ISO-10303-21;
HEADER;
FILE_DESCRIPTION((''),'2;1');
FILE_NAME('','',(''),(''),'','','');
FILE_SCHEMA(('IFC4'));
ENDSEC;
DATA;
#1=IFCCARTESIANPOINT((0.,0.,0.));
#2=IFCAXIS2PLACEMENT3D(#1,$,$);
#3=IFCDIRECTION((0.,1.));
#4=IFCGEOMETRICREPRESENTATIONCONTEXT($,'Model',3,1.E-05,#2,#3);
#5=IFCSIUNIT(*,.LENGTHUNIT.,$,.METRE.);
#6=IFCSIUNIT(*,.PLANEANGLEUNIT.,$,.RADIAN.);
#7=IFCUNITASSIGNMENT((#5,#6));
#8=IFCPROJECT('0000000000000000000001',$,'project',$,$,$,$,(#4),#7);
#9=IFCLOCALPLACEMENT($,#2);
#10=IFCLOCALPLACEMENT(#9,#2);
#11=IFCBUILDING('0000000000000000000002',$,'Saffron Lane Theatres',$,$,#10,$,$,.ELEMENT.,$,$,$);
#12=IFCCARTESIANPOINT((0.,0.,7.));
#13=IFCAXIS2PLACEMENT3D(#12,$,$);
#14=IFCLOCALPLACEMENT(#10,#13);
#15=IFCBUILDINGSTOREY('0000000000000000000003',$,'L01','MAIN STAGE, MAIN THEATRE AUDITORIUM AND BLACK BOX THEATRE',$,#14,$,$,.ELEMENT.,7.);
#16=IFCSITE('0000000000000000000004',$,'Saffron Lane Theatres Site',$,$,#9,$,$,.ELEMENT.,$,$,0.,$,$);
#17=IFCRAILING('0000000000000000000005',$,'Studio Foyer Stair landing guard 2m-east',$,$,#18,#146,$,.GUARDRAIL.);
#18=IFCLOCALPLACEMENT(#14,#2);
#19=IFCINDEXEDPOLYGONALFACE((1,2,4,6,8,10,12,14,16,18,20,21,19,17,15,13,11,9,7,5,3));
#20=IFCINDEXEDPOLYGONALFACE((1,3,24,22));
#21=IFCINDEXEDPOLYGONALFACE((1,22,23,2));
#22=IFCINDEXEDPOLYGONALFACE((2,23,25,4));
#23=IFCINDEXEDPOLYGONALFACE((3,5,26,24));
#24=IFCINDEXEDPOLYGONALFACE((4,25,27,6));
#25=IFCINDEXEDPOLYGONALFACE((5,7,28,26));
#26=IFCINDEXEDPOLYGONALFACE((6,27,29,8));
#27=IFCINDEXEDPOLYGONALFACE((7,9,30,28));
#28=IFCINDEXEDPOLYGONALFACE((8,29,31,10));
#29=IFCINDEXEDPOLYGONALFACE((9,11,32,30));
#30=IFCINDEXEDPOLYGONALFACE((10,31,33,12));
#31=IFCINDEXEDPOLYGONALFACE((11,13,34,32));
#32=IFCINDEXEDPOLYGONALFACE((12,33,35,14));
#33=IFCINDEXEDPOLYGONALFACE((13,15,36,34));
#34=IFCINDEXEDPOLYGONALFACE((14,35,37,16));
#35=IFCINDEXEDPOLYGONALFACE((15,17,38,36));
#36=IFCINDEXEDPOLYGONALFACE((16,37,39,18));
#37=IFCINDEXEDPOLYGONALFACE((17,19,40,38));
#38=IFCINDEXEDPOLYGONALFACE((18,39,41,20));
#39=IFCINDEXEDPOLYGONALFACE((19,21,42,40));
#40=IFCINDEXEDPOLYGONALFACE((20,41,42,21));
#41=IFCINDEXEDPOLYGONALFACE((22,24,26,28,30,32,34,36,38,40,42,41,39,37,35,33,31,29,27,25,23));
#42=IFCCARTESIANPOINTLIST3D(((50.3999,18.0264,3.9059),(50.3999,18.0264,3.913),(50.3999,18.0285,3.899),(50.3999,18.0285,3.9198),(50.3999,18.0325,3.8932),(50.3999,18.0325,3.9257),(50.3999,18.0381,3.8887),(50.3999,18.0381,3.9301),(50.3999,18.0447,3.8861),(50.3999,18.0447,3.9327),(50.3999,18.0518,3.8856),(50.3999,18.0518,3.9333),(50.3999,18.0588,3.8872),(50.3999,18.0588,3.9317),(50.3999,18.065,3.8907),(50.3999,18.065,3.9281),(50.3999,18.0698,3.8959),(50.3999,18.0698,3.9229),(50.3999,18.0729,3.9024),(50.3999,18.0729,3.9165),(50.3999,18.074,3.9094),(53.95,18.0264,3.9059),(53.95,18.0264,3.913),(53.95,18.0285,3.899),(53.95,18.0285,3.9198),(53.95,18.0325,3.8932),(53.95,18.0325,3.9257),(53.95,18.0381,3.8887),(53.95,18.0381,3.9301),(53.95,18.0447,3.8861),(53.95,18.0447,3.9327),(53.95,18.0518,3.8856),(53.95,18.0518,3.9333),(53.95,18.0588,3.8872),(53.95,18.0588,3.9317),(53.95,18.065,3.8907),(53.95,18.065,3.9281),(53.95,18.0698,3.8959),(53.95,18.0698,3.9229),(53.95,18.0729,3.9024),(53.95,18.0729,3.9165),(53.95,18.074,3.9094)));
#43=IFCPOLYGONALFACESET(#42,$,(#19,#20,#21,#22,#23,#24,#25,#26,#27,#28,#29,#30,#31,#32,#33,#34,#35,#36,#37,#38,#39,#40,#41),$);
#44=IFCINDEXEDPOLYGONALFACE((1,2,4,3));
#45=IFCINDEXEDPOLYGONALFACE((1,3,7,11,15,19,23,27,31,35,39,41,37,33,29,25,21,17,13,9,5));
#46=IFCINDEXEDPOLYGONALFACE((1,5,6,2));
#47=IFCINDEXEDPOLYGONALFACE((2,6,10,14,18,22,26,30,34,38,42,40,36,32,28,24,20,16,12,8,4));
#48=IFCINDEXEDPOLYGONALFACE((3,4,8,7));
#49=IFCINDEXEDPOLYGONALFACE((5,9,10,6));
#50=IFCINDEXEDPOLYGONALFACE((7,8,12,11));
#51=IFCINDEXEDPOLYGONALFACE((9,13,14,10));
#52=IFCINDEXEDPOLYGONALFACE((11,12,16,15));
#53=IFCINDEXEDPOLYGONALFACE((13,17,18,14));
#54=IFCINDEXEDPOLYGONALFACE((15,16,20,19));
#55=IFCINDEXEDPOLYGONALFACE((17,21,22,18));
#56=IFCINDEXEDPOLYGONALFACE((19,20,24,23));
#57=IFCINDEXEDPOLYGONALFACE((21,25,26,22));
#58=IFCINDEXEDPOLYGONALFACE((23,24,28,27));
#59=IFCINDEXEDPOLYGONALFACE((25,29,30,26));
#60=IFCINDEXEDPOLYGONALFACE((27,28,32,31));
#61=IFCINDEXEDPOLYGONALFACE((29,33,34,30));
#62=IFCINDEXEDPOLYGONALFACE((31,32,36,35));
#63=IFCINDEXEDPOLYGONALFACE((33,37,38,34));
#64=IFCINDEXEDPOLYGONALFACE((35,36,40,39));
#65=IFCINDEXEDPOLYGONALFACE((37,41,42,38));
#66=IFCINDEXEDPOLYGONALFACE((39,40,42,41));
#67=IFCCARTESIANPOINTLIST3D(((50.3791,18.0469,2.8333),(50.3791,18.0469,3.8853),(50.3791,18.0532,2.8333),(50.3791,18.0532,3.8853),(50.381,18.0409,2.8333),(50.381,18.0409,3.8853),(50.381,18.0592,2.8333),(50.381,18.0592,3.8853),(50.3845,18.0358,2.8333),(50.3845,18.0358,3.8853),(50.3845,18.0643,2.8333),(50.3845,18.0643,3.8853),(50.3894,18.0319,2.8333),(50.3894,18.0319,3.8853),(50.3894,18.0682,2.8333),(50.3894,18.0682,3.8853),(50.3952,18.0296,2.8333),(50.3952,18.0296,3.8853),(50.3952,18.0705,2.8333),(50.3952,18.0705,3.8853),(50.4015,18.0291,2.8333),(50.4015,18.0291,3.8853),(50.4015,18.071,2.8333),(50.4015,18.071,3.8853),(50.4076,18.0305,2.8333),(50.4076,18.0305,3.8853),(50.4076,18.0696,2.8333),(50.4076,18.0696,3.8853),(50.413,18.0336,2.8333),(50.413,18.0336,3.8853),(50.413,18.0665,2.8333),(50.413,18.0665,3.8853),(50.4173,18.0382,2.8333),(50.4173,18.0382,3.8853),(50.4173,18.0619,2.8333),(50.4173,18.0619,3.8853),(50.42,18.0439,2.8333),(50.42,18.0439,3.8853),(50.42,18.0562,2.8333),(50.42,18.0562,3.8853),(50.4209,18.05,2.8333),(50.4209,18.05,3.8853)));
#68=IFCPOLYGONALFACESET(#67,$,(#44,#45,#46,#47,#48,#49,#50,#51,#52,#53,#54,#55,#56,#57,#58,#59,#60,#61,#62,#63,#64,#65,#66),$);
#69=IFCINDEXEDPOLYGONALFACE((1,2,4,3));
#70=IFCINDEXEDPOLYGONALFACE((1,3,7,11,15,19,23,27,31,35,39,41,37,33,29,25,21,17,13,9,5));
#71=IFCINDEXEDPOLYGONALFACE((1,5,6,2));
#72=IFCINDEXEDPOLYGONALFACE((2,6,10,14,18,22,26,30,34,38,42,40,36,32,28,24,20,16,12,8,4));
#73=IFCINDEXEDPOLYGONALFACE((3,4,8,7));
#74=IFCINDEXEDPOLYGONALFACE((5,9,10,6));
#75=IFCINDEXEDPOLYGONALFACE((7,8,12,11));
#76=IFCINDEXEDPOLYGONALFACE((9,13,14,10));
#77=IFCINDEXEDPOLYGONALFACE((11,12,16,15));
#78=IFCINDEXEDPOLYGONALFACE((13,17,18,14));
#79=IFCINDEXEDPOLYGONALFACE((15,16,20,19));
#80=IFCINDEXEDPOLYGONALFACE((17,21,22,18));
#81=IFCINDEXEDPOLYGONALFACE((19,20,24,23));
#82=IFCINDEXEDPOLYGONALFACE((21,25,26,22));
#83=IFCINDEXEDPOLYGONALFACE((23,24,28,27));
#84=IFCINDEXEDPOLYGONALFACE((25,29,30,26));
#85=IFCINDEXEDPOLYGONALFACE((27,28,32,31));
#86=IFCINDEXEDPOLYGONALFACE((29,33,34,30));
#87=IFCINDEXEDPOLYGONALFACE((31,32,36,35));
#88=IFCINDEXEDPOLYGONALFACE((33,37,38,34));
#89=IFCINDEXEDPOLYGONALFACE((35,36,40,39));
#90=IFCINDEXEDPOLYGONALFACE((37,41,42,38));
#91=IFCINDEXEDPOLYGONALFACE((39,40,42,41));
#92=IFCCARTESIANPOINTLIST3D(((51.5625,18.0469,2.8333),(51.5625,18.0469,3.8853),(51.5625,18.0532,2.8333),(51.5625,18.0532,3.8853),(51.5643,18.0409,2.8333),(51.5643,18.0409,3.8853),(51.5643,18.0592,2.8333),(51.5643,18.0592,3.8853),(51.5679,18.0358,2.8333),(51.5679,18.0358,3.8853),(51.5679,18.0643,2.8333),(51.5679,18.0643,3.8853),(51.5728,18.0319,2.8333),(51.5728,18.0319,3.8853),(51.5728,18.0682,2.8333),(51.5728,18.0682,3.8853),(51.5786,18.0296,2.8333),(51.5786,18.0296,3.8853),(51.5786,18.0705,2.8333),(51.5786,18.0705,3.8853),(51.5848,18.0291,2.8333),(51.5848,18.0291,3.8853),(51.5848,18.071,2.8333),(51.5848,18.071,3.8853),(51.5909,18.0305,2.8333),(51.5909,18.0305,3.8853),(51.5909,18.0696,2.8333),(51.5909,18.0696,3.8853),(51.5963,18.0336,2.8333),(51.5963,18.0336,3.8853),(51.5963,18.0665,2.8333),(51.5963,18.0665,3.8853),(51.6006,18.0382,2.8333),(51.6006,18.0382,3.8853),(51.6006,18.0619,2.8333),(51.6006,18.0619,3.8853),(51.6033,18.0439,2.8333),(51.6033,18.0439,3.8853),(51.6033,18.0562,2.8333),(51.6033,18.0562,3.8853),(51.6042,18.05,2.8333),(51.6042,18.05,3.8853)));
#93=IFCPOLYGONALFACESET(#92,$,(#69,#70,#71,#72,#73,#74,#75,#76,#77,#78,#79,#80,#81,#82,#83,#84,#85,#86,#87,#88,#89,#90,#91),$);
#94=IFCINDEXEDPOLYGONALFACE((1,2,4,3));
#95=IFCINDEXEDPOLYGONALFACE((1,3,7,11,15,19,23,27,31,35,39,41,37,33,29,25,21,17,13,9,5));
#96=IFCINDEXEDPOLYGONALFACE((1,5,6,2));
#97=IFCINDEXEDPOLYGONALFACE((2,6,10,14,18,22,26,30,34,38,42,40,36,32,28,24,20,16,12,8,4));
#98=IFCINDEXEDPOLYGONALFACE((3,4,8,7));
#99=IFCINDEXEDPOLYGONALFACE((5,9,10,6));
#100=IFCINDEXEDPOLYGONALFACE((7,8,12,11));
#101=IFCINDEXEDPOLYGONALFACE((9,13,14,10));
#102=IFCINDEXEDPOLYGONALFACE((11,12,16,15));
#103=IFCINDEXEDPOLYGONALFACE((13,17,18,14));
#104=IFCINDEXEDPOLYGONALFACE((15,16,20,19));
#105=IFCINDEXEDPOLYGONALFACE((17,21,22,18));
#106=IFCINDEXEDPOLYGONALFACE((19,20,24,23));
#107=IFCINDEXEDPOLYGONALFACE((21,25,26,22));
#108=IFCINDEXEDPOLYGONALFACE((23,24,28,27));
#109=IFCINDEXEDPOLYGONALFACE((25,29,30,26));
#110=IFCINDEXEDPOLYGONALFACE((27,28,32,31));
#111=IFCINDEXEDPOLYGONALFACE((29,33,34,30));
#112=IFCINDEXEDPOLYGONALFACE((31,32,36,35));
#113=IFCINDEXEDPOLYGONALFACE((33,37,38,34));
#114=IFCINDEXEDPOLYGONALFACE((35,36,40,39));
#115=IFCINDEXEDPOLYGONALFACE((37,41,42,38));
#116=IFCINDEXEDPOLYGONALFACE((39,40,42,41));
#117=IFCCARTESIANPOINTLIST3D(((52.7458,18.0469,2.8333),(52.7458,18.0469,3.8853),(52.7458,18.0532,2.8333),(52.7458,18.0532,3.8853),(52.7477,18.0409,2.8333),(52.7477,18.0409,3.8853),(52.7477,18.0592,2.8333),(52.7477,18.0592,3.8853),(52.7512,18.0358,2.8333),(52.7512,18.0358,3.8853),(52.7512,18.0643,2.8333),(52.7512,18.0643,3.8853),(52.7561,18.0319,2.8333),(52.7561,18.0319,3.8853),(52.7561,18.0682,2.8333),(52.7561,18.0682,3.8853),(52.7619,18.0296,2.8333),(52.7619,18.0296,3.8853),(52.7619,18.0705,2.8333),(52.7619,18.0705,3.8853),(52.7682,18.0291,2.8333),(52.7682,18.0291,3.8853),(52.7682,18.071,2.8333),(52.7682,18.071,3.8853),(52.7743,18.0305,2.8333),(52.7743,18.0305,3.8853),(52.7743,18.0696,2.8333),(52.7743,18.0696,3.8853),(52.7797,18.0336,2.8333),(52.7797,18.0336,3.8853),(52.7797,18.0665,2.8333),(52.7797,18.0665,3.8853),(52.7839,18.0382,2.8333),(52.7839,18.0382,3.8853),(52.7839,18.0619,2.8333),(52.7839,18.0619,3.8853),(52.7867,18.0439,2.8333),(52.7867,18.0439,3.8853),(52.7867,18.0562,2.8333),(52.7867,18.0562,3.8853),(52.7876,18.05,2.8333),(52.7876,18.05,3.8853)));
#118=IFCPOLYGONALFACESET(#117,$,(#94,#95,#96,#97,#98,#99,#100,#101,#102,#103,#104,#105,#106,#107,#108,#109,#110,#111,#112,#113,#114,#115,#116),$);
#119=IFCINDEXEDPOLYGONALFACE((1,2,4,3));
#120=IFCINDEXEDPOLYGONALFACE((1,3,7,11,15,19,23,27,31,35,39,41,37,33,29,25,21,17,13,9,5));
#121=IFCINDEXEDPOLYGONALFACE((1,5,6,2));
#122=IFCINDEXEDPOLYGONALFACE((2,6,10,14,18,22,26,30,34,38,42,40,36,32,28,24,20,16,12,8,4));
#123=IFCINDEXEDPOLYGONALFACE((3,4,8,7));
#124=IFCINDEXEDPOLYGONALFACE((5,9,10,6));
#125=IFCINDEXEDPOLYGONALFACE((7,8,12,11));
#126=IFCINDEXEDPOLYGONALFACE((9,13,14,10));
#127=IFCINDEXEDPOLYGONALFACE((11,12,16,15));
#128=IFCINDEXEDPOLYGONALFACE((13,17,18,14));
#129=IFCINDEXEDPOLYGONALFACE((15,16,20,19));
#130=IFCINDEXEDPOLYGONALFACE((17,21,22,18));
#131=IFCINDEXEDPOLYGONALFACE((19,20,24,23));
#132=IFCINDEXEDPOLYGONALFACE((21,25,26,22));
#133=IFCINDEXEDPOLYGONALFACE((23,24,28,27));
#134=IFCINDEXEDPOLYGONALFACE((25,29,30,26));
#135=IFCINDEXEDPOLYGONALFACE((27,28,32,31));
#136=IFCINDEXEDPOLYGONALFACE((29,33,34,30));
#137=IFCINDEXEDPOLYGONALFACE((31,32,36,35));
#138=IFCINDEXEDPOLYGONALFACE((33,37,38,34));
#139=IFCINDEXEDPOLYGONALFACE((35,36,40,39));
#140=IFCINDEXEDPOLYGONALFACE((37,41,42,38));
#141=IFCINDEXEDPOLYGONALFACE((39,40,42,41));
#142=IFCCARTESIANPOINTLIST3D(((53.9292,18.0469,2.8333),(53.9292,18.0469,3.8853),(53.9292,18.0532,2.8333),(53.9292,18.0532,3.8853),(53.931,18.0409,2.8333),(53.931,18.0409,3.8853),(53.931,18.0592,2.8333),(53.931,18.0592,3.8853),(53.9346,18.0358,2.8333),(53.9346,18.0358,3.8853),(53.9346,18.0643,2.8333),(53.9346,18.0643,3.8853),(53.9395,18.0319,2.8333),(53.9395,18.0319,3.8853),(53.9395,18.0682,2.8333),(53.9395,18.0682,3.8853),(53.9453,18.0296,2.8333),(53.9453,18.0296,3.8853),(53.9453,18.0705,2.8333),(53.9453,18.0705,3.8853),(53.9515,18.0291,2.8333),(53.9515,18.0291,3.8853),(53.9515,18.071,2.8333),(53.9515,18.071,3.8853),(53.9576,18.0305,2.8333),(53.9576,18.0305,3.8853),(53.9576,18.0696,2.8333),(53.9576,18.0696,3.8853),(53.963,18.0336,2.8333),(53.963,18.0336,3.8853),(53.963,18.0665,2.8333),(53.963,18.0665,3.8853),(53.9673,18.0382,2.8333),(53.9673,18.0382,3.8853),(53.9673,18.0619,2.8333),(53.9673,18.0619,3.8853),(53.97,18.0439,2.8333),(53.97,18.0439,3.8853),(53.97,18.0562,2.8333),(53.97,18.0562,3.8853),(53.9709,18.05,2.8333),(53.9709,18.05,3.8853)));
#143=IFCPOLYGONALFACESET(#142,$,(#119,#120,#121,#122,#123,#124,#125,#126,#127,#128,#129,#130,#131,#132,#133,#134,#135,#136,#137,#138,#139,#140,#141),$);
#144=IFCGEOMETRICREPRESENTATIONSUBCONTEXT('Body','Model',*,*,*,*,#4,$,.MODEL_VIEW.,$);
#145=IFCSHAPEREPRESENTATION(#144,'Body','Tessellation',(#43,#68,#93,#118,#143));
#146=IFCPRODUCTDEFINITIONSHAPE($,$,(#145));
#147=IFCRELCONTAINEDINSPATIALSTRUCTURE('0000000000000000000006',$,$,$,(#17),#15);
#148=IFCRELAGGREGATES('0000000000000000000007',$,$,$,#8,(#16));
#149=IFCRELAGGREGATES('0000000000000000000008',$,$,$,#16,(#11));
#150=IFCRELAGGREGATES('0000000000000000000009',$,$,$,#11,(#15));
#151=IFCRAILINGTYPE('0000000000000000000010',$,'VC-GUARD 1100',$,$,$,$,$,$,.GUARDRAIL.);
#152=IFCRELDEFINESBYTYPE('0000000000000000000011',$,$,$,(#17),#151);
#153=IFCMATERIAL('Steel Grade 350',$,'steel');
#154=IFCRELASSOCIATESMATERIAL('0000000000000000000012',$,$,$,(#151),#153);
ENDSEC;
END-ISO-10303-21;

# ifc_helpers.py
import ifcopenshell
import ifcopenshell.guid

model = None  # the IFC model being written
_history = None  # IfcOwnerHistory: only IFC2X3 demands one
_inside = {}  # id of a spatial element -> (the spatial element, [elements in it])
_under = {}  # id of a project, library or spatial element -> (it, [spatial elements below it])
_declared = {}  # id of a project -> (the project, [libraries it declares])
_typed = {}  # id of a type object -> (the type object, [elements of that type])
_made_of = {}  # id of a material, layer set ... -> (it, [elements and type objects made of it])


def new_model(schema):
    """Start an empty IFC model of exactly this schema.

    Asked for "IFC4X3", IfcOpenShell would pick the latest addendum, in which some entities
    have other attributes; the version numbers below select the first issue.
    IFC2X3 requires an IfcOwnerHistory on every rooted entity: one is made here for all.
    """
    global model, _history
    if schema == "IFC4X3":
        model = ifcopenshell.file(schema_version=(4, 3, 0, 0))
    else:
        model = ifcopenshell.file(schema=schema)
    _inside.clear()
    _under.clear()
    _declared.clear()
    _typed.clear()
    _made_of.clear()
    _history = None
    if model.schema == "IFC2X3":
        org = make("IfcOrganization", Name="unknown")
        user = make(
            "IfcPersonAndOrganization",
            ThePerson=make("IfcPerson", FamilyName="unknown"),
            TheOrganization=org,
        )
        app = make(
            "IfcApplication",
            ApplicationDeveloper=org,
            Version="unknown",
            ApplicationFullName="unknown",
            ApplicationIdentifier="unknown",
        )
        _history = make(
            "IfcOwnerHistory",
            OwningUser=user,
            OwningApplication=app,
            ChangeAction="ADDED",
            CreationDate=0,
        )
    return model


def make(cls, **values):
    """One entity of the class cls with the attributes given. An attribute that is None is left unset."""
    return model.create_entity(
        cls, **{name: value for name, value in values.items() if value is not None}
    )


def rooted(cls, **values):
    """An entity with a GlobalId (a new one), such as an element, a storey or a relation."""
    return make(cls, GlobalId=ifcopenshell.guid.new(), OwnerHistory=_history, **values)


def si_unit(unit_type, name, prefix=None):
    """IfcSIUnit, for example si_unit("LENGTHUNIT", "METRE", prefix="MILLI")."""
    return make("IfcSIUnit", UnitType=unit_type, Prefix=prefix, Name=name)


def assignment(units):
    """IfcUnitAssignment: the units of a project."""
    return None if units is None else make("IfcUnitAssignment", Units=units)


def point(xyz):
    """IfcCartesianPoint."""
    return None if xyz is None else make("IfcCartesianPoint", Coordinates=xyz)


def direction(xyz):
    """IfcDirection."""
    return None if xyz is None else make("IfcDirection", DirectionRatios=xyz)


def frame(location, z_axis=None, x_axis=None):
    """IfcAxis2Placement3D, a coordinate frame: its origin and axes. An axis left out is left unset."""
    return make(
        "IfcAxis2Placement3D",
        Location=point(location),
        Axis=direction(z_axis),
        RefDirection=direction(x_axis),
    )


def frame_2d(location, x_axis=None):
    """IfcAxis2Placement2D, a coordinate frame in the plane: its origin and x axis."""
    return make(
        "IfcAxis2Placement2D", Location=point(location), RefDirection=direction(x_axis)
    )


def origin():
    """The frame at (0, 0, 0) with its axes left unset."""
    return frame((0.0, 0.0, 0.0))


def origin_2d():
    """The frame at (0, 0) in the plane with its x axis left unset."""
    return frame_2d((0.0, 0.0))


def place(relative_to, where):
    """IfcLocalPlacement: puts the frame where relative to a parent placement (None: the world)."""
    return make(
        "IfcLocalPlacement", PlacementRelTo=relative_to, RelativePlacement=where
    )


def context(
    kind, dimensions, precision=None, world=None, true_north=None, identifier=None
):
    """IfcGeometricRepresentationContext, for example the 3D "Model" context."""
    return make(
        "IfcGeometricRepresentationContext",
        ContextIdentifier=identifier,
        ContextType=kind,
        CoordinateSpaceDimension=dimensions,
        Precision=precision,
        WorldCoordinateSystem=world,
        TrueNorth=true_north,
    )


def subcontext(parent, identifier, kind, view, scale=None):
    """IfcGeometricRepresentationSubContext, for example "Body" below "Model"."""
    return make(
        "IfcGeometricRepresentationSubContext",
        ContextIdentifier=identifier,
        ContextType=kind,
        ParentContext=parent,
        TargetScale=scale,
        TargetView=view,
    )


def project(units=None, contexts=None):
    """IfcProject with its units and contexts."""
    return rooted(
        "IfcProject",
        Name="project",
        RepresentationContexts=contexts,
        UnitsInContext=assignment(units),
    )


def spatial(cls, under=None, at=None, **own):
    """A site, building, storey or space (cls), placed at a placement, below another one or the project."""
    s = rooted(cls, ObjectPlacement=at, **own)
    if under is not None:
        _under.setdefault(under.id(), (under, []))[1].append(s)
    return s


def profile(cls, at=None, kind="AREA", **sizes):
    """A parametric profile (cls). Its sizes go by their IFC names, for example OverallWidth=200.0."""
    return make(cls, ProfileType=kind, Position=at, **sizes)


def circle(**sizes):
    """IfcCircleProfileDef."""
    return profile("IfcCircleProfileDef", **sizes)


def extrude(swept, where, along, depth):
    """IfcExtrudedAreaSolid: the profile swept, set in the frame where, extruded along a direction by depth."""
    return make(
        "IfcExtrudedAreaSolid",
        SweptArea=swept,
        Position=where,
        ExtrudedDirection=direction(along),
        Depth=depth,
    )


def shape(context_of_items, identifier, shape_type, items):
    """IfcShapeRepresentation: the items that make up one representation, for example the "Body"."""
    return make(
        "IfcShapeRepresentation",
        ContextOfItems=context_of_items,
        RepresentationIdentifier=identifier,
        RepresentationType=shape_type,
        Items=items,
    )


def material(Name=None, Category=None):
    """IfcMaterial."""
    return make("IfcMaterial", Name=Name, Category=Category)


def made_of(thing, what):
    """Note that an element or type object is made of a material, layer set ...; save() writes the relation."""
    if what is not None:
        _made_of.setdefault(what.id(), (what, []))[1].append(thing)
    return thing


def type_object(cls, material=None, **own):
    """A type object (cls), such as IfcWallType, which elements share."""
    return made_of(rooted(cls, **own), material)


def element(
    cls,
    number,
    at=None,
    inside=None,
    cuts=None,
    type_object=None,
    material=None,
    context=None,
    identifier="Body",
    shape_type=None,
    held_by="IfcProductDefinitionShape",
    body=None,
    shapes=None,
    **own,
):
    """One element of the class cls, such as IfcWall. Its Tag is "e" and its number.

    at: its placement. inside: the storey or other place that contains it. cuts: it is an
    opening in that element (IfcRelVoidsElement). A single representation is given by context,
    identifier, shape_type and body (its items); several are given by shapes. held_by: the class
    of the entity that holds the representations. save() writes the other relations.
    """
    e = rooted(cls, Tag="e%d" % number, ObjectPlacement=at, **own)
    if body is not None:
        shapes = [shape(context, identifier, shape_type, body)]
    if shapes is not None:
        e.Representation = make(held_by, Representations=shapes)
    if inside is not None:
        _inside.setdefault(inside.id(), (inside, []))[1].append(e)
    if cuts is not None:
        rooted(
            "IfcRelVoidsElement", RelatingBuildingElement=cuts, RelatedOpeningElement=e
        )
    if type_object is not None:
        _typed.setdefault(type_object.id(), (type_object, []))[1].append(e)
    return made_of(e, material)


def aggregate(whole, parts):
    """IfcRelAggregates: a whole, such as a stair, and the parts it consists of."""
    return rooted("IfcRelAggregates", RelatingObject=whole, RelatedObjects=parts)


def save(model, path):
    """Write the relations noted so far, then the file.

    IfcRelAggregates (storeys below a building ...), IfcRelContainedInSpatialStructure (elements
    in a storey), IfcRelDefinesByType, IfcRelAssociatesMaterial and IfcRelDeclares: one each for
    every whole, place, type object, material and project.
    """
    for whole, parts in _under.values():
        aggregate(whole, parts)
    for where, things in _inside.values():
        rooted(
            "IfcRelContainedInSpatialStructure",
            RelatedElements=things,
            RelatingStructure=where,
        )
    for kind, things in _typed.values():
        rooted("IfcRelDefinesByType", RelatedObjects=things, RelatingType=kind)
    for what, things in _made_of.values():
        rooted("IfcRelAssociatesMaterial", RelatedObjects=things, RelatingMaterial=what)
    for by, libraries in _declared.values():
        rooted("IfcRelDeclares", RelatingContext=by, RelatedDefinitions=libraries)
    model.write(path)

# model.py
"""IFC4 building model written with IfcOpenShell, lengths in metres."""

from ifc_helpers import new_model, si_unit, direction, frame, origin, origin_2d, place, context, subcontext, project, spatial, circle, extrude, material, type_object, element, save


model = new_model("IFC4")

# Units and contexts
model_context = context("Model", 3, precision=1e-05, world=origin(), true_north=direction((0.0, 1.0)))
body_context = subcontext(model_context, "Body", "Model", "MODEL_VIEW")
ifc_project = project(units=[si_unit("LENGTHUNIT", "METRE"), si_unit("PLANEANGLEUNIT", "RADIAN")], contexts=[model_context])

# Site, building, storey
site_placement = place(None, origin())
site = spatial("IfcSite", under=ifc_project, at=site_placement, Name="Saffron Lane Theatres Site", CompositionType="ELEMENT", RefElevation=0.0)
building_placement = place(site_placement, origin())
building = spatial("IfcBuilding", under=site, at=building_placement, Name="Saffron Lane Theatres", CompositionType="ELEMENT")
storey_placement = place(building_placement, frame((0.0, 0.0, 7.0)))
storey = spatial("IfcBuildingStorey", under=building, at=storey_placement, Name="L01", Description="MAIN STAGE, MAIN THEATRE AUDITORIUM AND BLACK BOX THEATRE", CompositionType="ELEMENT", Elevation=7.0)

# Railing
ifc_material_1 = material(Name="Steel Grade 350", Category="steel")
railing_type_1 = type_object("IfcRailingType", Name="VC-GUARD 1100", PredefinedType="GUARDRAIL", material=ifc_material_1)
railing_1_placement = place(storey_placement, frame((50.3999, 18.05, 2.8333)))
element("IfcRailing", 1, at=railing_1_placement, inside=storey, type_object=railing_type_1, Name="Studio Foyer Stair landing guard 2m-east", PredefinedType="GUARDRAIL", context=body_context, shape_type="SweptSolid", body=[
    extrude(circle(Radius=0.0239, at=origin_2d()), frame((0.0, 0.0, 1.0762), z_axis=(1.0, 0.0, 0.0), x_axis=(0.0, 1.0, 0.0)), (0.0, 0.0, 1.0), 3.55),
    extrude(circle(Radius=0.021, at=origin_2d()), origin(), (0.0, 0.0, 1.0), 1.052),
    extrude(circle(Radius=0.021, at=origin_2d()), frame((1.1833, 0.0, 0.0)), (0.0, 0.0, 1.0), 1.052),
    extrude(circle(Radius=0.021, at=origin_2d()), frame((2.3667, 0.0, 0.0)), (0.0, 0.0, 1.0), 1.052),
    extrude(circle(Radius=0.021, at=origin_2d()), frame((3.55, 0.0, 0.0)), (0.0, 0.0, 1.0), 1.052),
])

save(model, "model.ifc")
